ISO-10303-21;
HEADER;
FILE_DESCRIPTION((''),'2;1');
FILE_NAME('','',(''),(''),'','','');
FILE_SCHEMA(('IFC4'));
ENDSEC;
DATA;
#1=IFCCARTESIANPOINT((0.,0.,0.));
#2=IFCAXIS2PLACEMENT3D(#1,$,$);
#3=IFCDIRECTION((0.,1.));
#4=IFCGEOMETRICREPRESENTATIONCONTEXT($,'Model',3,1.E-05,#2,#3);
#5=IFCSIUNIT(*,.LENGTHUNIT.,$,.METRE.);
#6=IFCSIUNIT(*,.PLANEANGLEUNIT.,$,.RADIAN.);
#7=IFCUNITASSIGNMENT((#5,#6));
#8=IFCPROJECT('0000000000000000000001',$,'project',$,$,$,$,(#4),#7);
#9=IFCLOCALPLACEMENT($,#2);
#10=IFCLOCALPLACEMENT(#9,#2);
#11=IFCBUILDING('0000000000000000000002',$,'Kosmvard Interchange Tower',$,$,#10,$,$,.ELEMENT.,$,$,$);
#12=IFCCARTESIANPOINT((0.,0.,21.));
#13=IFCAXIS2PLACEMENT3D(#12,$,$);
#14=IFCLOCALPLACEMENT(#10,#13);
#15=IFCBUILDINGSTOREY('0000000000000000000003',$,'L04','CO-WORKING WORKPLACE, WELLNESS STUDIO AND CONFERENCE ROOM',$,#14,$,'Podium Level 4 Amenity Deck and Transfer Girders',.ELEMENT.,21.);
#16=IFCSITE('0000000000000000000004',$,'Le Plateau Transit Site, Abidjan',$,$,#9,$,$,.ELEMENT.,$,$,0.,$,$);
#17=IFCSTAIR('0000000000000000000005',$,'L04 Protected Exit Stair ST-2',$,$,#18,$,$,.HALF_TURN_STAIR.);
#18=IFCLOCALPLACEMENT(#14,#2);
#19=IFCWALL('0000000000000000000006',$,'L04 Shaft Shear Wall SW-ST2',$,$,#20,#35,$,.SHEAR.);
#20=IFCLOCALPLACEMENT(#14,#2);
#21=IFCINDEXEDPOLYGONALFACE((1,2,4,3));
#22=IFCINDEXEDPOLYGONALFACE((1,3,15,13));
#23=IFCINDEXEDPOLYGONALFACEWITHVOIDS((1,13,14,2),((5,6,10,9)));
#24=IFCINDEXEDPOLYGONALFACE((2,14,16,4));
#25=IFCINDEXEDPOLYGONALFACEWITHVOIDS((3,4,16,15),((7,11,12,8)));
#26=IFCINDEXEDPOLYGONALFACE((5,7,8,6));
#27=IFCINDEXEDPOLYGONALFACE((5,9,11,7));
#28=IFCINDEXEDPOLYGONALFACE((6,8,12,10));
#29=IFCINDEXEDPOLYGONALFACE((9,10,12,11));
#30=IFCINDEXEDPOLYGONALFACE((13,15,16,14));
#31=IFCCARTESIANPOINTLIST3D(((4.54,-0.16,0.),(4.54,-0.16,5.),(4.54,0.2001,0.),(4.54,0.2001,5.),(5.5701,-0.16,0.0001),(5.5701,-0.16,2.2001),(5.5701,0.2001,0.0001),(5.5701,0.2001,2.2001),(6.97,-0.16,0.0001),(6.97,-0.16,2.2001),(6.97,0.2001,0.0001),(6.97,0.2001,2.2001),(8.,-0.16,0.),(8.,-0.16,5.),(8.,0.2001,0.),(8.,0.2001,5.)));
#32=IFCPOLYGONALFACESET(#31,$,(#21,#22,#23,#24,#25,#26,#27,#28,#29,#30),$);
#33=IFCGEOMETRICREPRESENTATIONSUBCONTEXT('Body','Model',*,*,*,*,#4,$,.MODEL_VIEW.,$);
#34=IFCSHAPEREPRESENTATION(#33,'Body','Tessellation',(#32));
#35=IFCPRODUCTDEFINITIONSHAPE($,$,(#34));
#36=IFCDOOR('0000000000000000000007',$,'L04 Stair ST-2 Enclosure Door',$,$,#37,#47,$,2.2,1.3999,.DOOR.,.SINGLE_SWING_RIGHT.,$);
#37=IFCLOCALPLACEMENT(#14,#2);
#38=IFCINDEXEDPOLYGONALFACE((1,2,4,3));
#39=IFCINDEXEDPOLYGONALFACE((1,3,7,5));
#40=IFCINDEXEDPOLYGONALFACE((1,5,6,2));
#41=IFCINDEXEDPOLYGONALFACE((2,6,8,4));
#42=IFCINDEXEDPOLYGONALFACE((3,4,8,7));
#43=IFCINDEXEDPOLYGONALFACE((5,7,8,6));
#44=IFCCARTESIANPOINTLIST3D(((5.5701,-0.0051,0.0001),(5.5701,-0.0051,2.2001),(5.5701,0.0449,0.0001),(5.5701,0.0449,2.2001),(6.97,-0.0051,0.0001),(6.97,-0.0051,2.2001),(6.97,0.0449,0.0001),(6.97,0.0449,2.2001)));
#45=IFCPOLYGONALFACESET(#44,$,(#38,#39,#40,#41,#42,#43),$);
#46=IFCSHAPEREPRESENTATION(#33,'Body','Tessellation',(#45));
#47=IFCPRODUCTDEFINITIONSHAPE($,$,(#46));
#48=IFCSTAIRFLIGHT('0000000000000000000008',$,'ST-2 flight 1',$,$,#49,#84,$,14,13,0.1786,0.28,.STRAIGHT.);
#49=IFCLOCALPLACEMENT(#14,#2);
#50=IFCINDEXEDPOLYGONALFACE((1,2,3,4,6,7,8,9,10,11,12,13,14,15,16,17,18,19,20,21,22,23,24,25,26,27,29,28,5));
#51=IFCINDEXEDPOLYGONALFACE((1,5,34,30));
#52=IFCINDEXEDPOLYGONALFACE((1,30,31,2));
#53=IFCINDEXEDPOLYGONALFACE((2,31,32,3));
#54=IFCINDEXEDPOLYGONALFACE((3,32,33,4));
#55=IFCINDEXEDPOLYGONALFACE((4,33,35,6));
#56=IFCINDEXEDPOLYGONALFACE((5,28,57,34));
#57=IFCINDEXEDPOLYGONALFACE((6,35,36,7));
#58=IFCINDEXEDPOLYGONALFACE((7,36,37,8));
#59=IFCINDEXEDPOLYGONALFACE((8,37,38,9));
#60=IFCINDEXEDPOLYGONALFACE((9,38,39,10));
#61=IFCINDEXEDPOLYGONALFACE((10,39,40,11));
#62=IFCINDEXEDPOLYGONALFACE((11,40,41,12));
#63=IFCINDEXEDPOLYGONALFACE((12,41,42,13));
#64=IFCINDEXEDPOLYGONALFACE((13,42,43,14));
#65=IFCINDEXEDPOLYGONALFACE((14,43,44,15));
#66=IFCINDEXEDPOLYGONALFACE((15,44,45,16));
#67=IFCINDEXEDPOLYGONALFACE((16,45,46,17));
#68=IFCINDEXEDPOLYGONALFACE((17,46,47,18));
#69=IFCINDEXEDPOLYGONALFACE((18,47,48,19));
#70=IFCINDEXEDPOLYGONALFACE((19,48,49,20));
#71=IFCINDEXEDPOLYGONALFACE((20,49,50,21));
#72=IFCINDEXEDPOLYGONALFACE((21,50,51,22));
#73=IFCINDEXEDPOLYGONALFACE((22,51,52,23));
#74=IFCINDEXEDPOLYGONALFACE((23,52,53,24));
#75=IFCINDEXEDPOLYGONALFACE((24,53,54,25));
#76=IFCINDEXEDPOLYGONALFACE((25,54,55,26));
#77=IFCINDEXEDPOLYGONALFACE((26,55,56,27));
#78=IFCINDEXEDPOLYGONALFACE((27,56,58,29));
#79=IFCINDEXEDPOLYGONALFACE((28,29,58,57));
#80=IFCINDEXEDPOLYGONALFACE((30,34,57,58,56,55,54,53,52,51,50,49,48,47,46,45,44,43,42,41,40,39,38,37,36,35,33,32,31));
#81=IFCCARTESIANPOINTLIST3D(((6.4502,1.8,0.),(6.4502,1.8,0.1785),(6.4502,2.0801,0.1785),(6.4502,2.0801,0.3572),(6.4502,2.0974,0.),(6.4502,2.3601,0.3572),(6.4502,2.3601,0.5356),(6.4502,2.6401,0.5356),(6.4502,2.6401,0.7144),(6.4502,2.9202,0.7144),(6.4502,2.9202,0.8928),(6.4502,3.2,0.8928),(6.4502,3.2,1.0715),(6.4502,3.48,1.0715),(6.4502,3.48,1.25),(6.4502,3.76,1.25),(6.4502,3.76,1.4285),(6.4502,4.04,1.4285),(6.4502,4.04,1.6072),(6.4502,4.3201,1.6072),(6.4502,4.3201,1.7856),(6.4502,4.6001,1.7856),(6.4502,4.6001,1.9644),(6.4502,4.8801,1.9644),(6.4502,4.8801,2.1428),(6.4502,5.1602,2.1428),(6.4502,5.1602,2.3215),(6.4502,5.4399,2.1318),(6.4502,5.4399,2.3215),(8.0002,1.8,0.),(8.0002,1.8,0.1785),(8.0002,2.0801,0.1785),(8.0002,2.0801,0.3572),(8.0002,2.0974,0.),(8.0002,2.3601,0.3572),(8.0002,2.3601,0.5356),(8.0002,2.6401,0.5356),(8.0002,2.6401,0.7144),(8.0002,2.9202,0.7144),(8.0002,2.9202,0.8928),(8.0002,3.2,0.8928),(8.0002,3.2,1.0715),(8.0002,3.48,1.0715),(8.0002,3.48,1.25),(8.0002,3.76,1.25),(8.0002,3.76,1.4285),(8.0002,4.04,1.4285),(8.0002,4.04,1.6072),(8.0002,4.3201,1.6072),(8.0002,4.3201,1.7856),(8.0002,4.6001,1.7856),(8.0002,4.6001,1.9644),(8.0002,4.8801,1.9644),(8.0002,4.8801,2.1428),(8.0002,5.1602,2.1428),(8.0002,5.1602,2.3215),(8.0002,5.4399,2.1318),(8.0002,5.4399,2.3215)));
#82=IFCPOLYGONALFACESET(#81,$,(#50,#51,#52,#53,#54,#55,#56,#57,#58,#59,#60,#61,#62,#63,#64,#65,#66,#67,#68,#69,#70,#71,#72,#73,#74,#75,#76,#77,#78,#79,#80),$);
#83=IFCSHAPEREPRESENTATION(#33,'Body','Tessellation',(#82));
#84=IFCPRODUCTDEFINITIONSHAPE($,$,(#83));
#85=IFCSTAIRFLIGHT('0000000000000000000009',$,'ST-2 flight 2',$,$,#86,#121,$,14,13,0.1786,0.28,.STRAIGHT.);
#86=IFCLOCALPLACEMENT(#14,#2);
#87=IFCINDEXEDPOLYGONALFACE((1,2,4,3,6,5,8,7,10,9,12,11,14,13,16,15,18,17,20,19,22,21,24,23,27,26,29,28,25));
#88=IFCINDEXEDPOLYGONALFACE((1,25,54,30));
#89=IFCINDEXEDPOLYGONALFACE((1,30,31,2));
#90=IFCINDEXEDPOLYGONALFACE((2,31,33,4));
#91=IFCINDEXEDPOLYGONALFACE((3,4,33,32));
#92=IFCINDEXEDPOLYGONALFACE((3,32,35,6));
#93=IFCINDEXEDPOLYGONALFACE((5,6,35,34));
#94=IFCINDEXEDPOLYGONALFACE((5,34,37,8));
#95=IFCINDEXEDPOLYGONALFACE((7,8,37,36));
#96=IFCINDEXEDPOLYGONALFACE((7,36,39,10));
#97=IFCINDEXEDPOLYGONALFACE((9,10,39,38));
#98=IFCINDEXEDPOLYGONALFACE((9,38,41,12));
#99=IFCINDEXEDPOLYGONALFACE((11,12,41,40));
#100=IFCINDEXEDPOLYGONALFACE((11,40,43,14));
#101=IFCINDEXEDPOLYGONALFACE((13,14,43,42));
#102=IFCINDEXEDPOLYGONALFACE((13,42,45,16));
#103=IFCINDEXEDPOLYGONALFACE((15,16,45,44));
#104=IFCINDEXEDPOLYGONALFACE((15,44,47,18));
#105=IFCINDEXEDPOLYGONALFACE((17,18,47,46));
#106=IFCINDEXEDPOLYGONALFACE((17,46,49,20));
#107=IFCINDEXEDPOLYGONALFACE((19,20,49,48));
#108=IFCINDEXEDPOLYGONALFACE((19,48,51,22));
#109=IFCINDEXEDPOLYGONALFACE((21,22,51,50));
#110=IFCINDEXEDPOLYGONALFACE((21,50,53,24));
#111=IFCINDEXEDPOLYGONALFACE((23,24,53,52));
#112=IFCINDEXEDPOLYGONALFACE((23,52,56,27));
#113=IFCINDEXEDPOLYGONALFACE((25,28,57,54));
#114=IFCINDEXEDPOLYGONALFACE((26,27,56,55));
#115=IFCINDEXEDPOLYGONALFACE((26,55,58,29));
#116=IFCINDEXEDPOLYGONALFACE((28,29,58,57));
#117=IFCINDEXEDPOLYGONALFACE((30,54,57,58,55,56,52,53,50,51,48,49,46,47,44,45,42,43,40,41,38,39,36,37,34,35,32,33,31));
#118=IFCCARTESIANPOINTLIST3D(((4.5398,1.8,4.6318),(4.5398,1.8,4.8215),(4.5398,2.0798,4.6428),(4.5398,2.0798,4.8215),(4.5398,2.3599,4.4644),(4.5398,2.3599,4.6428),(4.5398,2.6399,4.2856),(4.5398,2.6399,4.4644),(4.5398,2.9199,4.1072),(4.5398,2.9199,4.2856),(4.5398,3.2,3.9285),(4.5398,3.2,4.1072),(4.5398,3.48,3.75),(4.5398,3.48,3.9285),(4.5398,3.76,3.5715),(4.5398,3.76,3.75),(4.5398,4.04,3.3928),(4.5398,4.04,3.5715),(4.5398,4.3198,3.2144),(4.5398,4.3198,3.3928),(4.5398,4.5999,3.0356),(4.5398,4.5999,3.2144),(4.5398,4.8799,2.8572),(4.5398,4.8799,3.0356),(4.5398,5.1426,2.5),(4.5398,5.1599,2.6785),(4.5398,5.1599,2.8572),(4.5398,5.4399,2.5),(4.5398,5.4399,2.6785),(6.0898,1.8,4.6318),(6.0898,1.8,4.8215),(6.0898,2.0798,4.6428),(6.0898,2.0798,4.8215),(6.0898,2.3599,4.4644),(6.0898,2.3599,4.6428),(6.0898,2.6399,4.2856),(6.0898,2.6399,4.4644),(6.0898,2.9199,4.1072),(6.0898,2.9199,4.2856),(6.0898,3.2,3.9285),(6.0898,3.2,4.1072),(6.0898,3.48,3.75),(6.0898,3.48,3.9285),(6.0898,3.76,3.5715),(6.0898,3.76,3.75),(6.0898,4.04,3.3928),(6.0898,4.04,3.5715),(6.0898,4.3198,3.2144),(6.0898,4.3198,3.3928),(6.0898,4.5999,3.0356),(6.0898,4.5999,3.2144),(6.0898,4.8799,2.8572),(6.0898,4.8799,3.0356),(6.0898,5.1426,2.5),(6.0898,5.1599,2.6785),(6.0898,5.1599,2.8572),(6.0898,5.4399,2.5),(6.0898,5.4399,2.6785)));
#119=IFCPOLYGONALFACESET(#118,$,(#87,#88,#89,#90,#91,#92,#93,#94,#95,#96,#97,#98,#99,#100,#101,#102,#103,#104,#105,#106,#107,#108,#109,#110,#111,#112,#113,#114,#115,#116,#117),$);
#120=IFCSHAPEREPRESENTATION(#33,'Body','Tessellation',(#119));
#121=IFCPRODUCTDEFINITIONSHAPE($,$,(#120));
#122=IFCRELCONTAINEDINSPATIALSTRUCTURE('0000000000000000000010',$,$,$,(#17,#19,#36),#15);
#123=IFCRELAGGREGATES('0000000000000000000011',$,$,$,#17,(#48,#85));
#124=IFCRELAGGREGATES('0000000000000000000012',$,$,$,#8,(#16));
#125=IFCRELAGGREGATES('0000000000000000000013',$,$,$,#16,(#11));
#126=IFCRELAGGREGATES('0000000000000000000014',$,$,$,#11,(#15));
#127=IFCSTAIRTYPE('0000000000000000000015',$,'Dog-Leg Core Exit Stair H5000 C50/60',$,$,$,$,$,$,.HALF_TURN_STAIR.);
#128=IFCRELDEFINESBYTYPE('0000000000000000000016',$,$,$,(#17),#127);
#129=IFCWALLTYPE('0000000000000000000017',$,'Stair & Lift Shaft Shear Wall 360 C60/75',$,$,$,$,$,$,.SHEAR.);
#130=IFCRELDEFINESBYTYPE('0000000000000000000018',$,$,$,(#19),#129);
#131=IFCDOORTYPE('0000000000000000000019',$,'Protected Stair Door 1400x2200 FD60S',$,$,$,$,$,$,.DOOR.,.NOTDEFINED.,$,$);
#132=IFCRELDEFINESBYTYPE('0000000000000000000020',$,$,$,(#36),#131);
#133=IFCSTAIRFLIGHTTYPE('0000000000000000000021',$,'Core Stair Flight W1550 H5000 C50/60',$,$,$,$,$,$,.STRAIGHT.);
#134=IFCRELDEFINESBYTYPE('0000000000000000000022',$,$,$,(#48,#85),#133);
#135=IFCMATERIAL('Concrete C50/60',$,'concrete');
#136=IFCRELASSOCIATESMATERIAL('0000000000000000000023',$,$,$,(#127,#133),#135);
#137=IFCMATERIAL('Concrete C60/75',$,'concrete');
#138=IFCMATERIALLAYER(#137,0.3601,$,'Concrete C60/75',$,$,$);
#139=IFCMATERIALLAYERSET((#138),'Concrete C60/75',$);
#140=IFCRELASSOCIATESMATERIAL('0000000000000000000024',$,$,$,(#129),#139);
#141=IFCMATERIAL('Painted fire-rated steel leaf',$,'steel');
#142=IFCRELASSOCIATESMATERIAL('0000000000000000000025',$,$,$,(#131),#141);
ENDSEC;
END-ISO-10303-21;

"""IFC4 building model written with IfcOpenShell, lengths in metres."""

from ifc_helpers import new_model, si_unit, direction, frame, frame_2d, origin, place, context, subcontext, project, spatial, polyline, rectangle, outline, extrude, source, transform, mapped, material, layer, layer_set, type_object, element, fill, aggregate, save


model = new_model("IFC4")

# Units and contexts
model_context = context("Model", 3, precision=1e-05, world=origin(), true_north=direction((0.0, 1.0)))
body_context = subcontext(model_context, "Body", "Model", "MODEL_VIEW")
ifc_project = project(units=[si_unit("LENGTHUNIT", "METRE"), si_unit("PLANEANGLEUNIT", "RADIAN")], contexts=[model_context])

# Site, building, storey
site_placement = place(None, origin())
site = spatial("IfcSite", under=ifc_project, at=site_placement, Name="Le Plateau Transit Site, Abidjan", CompositionType="ELEMENT", RefElevation=0.0)
building_placement = place(site_placement, origin())
building = spatial("IfcBuilding", under=site, at=building_placement, Name="Kosmvard Interchange Tower", CompositionType="ELEMENT")
storey_placement = place(building_placement, frame((0.0, 0.0, 21.0)))
storey = spatial("IfcBuildingStorey", under=building, at=storey_placement, Name="L04", Description="CO-WORKING WORKPLACE, WELLNESS STUDIO AND CONFERENCE ROOM", LongName="Podium Level 4 Amenity Deck and Transfer Girders", CompositionType="ELEMENT", Elevation=21.0)

# Shared definitions
ifc_material_1 = material(Name="Concrete C60/75", Category="concrete")

# Stair
ifc_material_2 = material(Name="Concrete C50/60", Category="concrete")
stair_type = type_object("IfcStairType", Name="Dog-Leg Core Exit Stair H5000 C50/60", PredefinedType="HALF_TURN_STAIR", material=ifc_material_2)
stair_1_placement = place(storey_placement, origin())
stair_1 = element("IfcStair", 1, at=stair_1_placement, inside=storey, type_object=stair_type, Name="L04 Protected Exit Stair ST-2", PredefinedType="HALF_TURN_STAIR")

# Wall, opening, door
ifc_layer_1 = layer(ifc_material_1, 0.3601, Name="Concrete C60/75")
ifc_layer_set_1 = layer_set([ifc_layer_1], Name="Concrete C60/75")
wall_type_1 = type_object("IfcWallType", Name="Stair & Lift Shaft Shear Wall 360 C60/75", PredefinedType="SHEAR", material=ifc_layer_set_1)
wall_1_placement = place(storey_placement, frame((4.54, 0.02, 0.0), z_axis=(0.0, 0.0, 1.0), x_axis=(1.0, 0.0, 0.0)))
wall_1 = element("IfcWall", 2, at=wall_1_placement, inside=storey, type_object=wall_type_1, Name="L04 Shaft Shear Wall SW-ST2", PredefinedType="SHEAR", context=body_context, shape_type="SweptSolid", body=[
    extrude(rectangle(XDim=3.46, YDim=0.3601, at=frame_2d((1.73, 0.0))), origin(), (0.0, 0.0, 1.0), 5.0),
])
opening_1_placement = place(wall_1_placement, frame((1.03, 0.0, 0.0)))
opening_1 = element("IfcOpeningElement", 3, at=opening_1_placement, cuts=wall_1, PredefinedType="OPENING", context=body_context, shape_type="SweptSolid", body=[
    extrude(rectangle(XDim=1.3999, YDim=2.2, at=frame_2d((0.7, 1.1001))), frame((0.0, 0.1899, 0.0), z_axis=(0.0, -1.0, 0.0), x_axis=(1.0, 0.0, 0.0)), (0.0, 0.0, 1.0), 0.3801),
])
ifc_material_3 = material(Name="Painted fire-rated steel leaf", Category="steel")
door_type = type_object("IfcDoorType", Name="Protected Stair Door 1400x2200 FD60S", OperationType="NOTDEFINED", PredefinedType="DOOR", material=ifc_material_3)
shared_shape_1 = source(origin(), body_context, "Body", "SweptSolid", [
    extrude(rectangle(XDim=1.3999, YDim=2.2, at=frame_2d((0.7, 1.1001))), frame((0.0, 0.0249, 0.0), z_axis=(0.0, -1.0, 0.0), x_axis=(1.0, 0.0, 0.0)), (0.0, 0.0, 1.0), 0.05),
])
door_placement = place(opening_1_placement, origin())
door = element("IfcDoor", 4, at=door_placement, inside=storey, type_object=door_type, Name="L04 Stair ST-2 Enclosure Door", OperationType="SINGLE_SWING_RIGHT", OverallHeight=2.2, OverallWidth=1.3999, PredefinedType="DOOR", context=body_context, shape_type="MappedRepresentation", body=[
    mapped(shared_shape_1, transform((0.0, 0.0, 0.0), scale=1.0)),
])
fill(opening_1, door)

# Stair flights
stair_flight_type = type_object("IfcStairFlightType", Name="Core Stair Flight W1550 H5000 C50/60", PredefinedType="STRAIGHT", material=ifc_material_2)
shared_shape_2 = source(origin(), body_context, "Body", "SweptSolid", [
    extrude(outline(polyline([(0.0, 0.0), (0.0, 0.1785), (0.28, 0.1785), (0.28, 0.3572), (0.5601, 0.3572), (0.5601, 0.5356), (0.8401, 0.5356), (0.8401, 0.7144), (1.1201, 0.7144), (1.1201, 0.8928), (1.3999, 0.8928), (1.3999, 1.0715), (1.6799, 1.0715), (1.6799, 1.25), (1.96, 1.25), (1.96, 1.4285), (2.24, 1.4285), (2.24, 1.6072), (2.52, 1.6072), (2.52, 1.7856), (2.8, 1.7856), (2.8, 1.9644), (3.0801, 1.9644), (3.0801, 2.1428), (3.3601, 2.1428), (3.3601, 2.3215), (3.6399, 2.3215), (3.6399, 2.5), (3.6399, 2.1318), (0.2974, 0.0), (0.0, 0.0)])), frame((0.0, 0.7749, 0.0), z_axis=(0.0, -1.0, 0.0), x_axis=(1.0, 0.0, 0.0)), (0.0, 0.0, 1.0), 1.55),
])
stair_flight_1_placement = place(storey_placement, frame((7.2251, 1.8, 0.0), z_axis=(0.0, 0.0, 1.0), x_axis=(0.0, 1.0, 0.0)))
stair_flight_1 = element("IfcStairFlight", 5, at=stair_flight_1_placement, type_object=stair_flight_type, Name="ST-2 flight 1", NumberOfRisers=14, NumberOfTreads=13, PredefinedType="STRAIGHT", RiserHeight=0.1786, TreadLength=0.28, context=body_context, shape_type="MappedRepresentation", body=[
    mapped(shared_shape_2, transform((0.0, 0.0, 0.0), scale=1.0)),
])
stair_flight_2_placement = place(storey_placement, frame((5.3149, 5.4399, 2.5), z_axis=(0.0, 0.0, 1.0), x_axis=(0.0, -1.0, 0.0)))
stair_flight_2 = element("IfcStairFlight", 6, at=stair_flight_2_placement, type_object=stair_flight_type, Name="ST-2 flight 2", NumberOfRisers=14, NumberOfTreads=13, PredefinedType="STRAIGHT", RiserHeight=0.1786, TreadLength=0.28, context=body_context, shape_type="MappedRepresentation", body=[
    mapped(shared_shape_2, transform((0.0, 0.0, 0.0), scale=1.0)),
])
aggregate(stair_1, [stair_flight_1, stair_flight_2])

save(model, "model.ifc")
